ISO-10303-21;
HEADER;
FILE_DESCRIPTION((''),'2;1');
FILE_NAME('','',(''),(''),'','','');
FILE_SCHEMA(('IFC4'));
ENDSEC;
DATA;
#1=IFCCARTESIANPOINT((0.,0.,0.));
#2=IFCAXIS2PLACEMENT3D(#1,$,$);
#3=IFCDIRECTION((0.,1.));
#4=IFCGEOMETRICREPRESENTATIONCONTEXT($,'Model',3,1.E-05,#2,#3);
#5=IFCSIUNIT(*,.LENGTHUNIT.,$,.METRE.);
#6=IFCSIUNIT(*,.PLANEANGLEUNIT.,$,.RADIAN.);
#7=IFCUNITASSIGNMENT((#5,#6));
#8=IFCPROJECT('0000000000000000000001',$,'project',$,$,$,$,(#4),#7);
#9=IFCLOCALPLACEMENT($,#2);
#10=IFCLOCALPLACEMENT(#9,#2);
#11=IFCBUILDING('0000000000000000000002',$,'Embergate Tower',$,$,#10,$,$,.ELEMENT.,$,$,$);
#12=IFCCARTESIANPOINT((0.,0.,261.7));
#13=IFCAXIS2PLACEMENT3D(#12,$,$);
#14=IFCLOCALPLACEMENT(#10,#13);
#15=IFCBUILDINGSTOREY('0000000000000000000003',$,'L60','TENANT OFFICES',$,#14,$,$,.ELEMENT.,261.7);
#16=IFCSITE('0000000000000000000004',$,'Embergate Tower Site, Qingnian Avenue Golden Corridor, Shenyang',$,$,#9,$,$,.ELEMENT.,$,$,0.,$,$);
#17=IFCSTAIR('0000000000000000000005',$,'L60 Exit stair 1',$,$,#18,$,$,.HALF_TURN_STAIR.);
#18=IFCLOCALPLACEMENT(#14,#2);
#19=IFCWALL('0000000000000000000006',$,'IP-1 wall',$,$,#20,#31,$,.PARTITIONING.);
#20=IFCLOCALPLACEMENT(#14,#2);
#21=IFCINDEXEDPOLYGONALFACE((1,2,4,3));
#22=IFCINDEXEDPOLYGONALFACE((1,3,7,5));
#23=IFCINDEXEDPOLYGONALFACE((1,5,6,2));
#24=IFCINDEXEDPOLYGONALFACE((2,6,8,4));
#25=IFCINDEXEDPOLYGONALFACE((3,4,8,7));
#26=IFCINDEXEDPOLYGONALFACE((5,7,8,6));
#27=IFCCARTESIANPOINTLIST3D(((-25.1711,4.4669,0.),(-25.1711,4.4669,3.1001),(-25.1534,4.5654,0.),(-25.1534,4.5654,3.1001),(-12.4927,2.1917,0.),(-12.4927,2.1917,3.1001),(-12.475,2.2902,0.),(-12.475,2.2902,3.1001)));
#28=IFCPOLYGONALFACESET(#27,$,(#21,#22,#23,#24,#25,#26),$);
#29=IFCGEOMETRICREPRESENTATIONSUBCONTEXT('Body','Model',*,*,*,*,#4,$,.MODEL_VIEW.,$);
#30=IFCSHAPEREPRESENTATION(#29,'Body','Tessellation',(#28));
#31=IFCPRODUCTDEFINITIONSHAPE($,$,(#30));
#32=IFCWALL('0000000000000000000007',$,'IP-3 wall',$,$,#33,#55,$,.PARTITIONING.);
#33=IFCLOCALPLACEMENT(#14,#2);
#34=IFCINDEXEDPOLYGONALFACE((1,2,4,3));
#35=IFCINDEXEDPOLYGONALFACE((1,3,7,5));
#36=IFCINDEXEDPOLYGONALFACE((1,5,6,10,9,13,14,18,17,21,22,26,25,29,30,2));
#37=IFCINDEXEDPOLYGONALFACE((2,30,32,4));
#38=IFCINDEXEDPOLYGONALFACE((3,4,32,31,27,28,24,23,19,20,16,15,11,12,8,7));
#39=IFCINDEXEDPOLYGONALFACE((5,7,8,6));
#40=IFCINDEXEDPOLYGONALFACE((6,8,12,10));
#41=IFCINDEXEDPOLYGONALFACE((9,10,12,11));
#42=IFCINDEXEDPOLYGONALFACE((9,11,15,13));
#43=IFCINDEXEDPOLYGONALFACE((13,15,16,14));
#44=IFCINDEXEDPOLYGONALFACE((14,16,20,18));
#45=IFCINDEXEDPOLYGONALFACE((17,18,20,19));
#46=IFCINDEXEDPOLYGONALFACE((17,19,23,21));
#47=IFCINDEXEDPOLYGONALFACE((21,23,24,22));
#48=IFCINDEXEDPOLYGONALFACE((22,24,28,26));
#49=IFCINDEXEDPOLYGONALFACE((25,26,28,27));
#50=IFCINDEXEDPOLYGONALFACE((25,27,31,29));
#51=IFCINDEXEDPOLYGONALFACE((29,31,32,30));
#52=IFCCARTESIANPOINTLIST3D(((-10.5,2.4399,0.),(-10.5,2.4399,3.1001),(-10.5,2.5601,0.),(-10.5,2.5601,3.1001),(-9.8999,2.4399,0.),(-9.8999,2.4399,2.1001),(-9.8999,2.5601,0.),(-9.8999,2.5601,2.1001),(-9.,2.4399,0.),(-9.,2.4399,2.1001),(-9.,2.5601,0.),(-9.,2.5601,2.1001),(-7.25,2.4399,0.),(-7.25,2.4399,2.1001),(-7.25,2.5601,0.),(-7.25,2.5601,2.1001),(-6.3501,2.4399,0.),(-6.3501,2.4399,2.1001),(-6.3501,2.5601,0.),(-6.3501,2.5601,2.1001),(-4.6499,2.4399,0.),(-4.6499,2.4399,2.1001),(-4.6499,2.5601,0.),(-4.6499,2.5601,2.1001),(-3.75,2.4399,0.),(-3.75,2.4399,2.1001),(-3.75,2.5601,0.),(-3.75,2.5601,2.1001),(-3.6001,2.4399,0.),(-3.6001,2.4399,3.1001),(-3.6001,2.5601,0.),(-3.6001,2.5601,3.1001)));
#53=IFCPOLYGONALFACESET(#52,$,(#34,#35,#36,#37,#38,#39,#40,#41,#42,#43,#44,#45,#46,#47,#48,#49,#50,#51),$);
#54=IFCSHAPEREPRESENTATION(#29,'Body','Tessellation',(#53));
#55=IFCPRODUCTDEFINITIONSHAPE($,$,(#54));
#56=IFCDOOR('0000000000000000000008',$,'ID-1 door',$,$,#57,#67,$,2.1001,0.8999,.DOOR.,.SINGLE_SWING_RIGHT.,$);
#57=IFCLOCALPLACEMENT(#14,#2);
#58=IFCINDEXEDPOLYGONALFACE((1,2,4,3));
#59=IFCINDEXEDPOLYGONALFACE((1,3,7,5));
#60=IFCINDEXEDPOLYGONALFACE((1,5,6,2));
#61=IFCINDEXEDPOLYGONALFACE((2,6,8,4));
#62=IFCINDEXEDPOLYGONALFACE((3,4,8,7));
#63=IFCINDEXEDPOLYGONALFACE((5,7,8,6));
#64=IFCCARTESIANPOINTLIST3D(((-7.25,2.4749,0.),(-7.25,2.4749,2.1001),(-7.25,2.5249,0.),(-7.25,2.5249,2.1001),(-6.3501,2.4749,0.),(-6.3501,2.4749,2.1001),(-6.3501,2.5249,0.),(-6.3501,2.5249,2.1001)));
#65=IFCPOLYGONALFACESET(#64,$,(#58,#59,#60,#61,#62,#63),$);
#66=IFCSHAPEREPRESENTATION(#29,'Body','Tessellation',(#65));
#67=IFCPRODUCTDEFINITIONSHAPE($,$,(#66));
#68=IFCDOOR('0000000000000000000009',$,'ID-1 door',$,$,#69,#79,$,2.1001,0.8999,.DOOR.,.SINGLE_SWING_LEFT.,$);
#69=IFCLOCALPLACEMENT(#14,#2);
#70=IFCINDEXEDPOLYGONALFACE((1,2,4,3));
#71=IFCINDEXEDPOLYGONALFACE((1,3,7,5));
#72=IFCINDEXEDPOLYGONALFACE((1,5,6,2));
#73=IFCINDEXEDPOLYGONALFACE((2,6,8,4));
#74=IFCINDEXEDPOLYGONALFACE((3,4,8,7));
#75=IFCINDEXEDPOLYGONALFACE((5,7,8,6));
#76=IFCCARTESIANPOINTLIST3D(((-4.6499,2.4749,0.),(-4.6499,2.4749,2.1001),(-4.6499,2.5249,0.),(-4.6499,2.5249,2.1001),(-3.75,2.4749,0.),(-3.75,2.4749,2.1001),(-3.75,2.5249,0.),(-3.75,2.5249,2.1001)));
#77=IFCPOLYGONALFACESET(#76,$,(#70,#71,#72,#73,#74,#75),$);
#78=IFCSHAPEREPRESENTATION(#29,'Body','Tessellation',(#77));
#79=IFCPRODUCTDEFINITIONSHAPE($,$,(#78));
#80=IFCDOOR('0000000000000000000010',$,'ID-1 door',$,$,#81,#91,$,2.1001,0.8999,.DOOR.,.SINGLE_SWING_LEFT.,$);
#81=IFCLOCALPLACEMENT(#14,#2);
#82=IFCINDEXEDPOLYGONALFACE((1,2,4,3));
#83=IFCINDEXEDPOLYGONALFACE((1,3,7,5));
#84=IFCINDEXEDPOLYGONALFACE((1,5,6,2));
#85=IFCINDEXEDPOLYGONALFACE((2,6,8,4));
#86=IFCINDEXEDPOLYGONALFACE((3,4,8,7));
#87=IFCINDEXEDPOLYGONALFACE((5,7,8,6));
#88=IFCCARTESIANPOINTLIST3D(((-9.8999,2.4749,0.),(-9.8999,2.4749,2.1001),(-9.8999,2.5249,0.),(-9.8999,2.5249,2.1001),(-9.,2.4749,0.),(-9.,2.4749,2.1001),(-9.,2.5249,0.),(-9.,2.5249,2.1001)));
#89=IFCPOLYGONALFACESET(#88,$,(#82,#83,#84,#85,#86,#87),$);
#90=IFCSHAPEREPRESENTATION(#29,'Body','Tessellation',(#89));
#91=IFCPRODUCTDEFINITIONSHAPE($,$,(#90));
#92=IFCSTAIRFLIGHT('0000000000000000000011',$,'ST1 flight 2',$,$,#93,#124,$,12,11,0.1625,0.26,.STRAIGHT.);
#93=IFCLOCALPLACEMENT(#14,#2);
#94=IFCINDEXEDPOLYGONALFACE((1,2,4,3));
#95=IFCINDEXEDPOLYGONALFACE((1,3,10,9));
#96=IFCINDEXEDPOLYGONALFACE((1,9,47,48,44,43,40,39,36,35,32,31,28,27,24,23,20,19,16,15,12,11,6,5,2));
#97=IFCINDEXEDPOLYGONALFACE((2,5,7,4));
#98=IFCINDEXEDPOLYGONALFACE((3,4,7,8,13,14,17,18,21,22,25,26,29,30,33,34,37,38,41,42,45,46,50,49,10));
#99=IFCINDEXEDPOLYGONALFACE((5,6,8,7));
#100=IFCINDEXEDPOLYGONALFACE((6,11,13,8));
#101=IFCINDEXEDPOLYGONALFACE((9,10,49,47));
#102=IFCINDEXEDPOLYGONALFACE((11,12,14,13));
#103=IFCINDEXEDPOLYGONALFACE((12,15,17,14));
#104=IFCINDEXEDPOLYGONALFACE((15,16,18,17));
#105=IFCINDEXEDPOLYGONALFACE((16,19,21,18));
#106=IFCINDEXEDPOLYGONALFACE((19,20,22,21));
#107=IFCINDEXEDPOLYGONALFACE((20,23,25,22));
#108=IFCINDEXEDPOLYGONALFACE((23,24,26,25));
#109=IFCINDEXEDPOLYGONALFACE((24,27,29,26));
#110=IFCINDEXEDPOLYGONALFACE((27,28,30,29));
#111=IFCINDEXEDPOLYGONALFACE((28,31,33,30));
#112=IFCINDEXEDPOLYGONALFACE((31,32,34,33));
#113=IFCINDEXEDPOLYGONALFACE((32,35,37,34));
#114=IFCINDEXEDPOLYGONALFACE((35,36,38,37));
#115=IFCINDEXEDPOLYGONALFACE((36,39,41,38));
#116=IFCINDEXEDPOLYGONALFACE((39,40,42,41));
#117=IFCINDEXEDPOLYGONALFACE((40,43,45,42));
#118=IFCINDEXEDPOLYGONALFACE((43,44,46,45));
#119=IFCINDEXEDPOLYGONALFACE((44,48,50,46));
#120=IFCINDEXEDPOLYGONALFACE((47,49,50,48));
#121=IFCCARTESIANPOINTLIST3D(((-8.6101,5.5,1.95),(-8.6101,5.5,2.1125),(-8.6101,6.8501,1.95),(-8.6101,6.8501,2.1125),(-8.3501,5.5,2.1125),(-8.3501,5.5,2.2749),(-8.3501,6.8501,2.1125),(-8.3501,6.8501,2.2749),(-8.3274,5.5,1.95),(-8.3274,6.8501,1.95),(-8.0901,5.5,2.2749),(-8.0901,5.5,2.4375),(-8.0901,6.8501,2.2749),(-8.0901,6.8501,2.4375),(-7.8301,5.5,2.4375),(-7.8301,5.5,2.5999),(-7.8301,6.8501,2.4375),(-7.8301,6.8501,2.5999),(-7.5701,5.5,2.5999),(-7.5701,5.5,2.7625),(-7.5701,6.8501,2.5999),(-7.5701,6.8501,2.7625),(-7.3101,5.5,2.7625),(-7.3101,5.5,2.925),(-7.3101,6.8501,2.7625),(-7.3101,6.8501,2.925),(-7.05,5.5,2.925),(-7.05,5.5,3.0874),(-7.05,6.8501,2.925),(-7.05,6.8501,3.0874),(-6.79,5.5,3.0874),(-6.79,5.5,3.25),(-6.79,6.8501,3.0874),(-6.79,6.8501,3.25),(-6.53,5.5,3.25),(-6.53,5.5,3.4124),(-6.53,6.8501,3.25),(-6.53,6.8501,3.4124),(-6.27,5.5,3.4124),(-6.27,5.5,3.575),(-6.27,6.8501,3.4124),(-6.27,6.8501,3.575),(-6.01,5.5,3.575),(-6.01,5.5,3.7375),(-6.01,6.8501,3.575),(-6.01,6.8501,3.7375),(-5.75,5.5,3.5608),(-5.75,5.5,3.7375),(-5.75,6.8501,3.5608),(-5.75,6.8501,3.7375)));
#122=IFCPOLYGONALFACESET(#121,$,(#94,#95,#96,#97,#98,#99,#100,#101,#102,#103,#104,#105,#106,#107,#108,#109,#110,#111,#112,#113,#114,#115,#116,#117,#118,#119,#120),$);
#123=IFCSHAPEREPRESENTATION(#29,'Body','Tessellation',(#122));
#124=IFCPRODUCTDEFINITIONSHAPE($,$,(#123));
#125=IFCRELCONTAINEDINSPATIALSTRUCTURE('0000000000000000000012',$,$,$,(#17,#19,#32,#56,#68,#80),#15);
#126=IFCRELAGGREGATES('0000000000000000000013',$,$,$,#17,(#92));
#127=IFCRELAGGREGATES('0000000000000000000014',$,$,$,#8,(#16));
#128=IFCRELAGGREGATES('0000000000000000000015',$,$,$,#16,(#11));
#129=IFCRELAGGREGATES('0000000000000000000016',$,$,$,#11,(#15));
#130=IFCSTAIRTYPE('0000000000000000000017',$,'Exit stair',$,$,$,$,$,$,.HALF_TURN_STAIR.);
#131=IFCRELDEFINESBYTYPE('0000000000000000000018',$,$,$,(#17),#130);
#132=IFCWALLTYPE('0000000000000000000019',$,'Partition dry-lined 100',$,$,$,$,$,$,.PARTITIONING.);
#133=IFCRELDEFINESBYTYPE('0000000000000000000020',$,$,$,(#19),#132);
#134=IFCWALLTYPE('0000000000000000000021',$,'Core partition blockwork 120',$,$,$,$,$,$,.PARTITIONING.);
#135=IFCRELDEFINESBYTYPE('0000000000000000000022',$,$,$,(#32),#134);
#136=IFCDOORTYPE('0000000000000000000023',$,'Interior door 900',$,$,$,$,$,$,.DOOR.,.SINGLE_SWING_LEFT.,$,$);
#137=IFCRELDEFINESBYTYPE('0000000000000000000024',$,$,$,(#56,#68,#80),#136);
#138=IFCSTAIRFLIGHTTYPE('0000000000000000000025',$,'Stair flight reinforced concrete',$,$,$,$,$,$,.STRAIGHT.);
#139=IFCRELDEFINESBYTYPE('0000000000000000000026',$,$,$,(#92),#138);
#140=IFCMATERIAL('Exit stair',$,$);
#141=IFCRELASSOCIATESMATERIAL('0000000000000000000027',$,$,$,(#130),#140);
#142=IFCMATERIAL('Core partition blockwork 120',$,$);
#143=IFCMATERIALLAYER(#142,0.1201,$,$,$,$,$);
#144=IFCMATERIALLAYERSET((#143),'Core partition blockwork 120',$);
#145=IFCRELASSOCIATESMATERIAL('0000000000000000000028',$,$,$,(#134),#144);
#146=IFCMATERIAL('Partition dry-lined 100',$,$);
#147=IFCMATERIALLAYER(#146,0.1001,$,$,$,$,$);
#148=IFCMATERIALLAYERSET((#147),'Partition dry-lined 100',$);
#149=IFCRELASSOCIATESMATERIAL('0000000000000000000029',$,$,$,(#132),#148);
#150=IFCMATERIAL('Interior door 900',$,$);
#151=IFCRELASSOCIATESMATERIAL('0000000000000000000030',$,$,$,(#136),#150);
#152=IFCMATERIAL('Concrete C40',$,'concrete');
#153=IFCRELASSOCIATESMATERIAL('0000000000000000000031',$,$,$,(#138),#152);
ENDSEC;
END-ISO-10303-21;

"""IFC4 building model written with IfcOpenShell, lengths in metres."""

from ifc_helpers import new_model, si_unit, direction, frame, frame_2d, origin, place, context, subcontext, project, spatial, polyline, rectangle, outline, extrude, source, transform, mapped, material, layer, layer_set, type_object, element, fill, aggregate, save


model = new_model("IFC4")

# Units and contexts
model_context = context("Model", 3, precision=1e-05, world=origin(), true_north=direction((0.0, 1.0)))
body_context = subcontext(model_context, "Body", "Model", "MODEL_VIEW")
ifc_project = project(units=[si_unit("LENGTHUNIT", "METRE"), si_unit("PLANEANGLEUNIT", "RADIAN")], contexts=[model_context])

# Site, building, storey
site_placement = place(None, origin())
site = spatial("IfcSite", under=ifc_project, at=site_placement, Name="Embergate Tower Site, Qingnian Avenue Golden Corridor, Shenyang", CompositionType="ELEMENT", RefElevation=0.0)
building_placement = place(site_placement, origin())
building = spatial("IfcBuilding", under=site, at=building_placement, Name="Embergate Tower", CompositionType="ELEMENT")
storey_placement = place(building_placement, frame((0.0, 0.0, 261.7)))
storey = spatial("IfcBuildingStorey", under=building, at=storey_placement, Name="L60", Description="TENANT OFFICES", CompositionType="ELEMENT", Elevation=261.7)

# Stair
ifc_material_1 = material(Name="Exit stair")
stair_type = type_object("IfcStairType", Name="Exit stair", PredefinedType="HALF_TURN_STAIR", material=ifc_material_1)
stair_placement = place(storey_placement, origin())
stair = element("IfcStair", 1, at=stair_placement, inside=storey, type_object=stair_type, Name="L60 Exit stair 1", PredefinedType="HALF_TURN_STAIR")
ifc_material_2 = material(Name="Concrete C40", Category="concrete")

# Wall
ifc_material_3 = material(Name="Core partition blockwork 120")
ifc_layer_1 = layer(ifc_material_3, 0.1201)
ifc_layer_set_1 = layer_set([ifc_layer_1], Name="Core partition blockwork 120")
wall_type_1 = type_object("IfcWallType", Name="Core partition blockwork 120", PredefinedType="PARTITIONING", material=ifc_layer_set_1)
ifc_material_4 = material(Name="Partition dry-lined 100")
ifc_layer_2 = layer(ifc_material_4, 0.1001)
ifc_layer_set_2 = layer_set([ifc_layer_2], Name="Partition dry-lined 100")
wall_type_2 = type_object("IfcWallType", Name="Partition dry-lined 100", PredefinedType="PARTITIONING", material=ifc_layer_set_2)
shared_shape_1 = source(origin(), body_context, "Body", "SweptSolid", [
    extrude(rectangle(XDim=12.8809, YDim=0.1001, at=frame_2d((6.4404, 0.0))), origin(), (0.0, 0.0, 1.0), 3.1001),
])
wall_1_placement = place(storey_placement, frame((-12.4839, 2.241, 0.0), z_axis=(0.0, 0.0, 1.0), x_axis=(-0.984277, 0.176632, 0.0)))
element("IfcWall", 2, at=wall_1_placement, inside=storey, type_object=wall_type_2, Name="IP-1 wall", PredefinedType="PARTITIONING", context=body_context, shape_type="MappedRepresentation", body=[
    mapped(shared_shape_1, transform((0.0, 0.0, 0.0))),
])

# Wall, openings, doors
shared_shape_2 = source(origin(), body_context, "Body", "SweptSolid", [
    extrude(rectangle(XDim=6.8999, YDim=0.1201, at=frame_2d((3.45, 0.0))), origin(), (0.0, 0.0, 1.0), 3.1001),
])
wall_2_placement = place(storey_placement, frame((-10.5, 2.5, 0.0), z_axis=(0.0, 0.0, 1.0), x_axis=(1.0, 0.0, 0.0)))
wall_2 = element("IfcWall", 3, at=wall_2_placement, inside=storey, type_object=wall_type_1, Name="IP-3 wall", PredefinedType="PARTITIONING", context=body_context, shape_type="MappedRepresentation", body=[
    mapped(shared_shape_2, transform((0.0, 0.0, 0.0))),
])
shared_shape_3 = source(origin(), body_context, "Body", "SweptSolid", [
    extrude(rectangle(XDim=0.8999, YDim=2.1001, at=frame_2d((0.45, 1.05))), frame((0.0, 0.0701, 0.0), z_axis=(0.0, -1.0, 0.0), x_axis=(1.0, 0.0, 0.0)), (0.0, 0.0, 1.0), 0.1401),
])
opening_1_placement = place(wall_2_placement, frame((3.25, 0.0, 0.0)))
opening_1 = element("IfcOpeningElement", 4, at=opening_1_placement, cuts=wall_2, PredefinedType="OPENING", context=body_context, shape_type="MappedRepresentation", body=[
    mapped(shared_shape_3, transform((0.0, 0.0, 0.0))),
])
opening_2_placement = place(wall_2_placement, frame((5.8501, 0.0, 0.0)))
opening_2 = element("IfcOpeningElement", 5, at=opening_2_placement, cuts=wall_2, PredefinedType="OPENING", context=body_context, shape_type="MappedRepresentation", body=[
    mapped(shared_shape_3, transform((0.0, 0.0, 0.0))),
])
opening_3_placement = place(wall_2_placement, frame((0.6001, 0.0, 0.0)))
opening_3 = element("IfcOpeningElement", 6, at=opening_3_placement, cuts=wall_2, PredefinedType="OPENING", context=body_context, shape_type="MappedRepresentation", body=[
    mapped(shared_shape_3, transform((0.0, 0.0, 0.0))),
])
ifc_material_5 = material(Name="Interior door 900")
door_type_1 = type_object("IfcDoorType", Name="Interior door 900", OperationType="SINGLE_SWING_LEFT", PredefinedType="DOOR", material=ifc_material_5)
shared_shape_4 = source(origin(), body_context, "Body", "SweptSolid", [
    extrude(rectangle(XDim=0.8999, YDim=2.1001, at=frame_2d((0.45, 1.05))), frame((0.0, 0.0249, 0.0), z_axis=(0.0, -1.0, 0.0), x_axis=(1.0, 0.0, 0.0)), (0.0, 0.0, 1.0), 0.05),
])
door_1_placement = place(opening_1_placement, origin())
door_1 = element("IfcDoor", 7, at=door_1_placement, inside=storey, type_object=door_type_1, Name="ID-1 door", OperationType="SINGLE_SWING_RIGHT", OverallHeight=2.1001, OverallWidth=0.8999, PredefinedType="DOOR", context=body_context, shape_type="MappedRepresentation", body=[
    mapped(shared_shape_4, transform((0.0, 0.0, 0.0))),
])
fill(opening_1, door_1)
door_2_placement = place(opening_2_placement, origin())
door_2 = element("IfcDoor", 8, at=door_2_placement, inside=storey, type_object=door_type_1, Name="ID-1 door", OperationType="SINGLE_SWING_LEFT", OverallHeight=2.1001, OverallWidth=0.8999, PredefinedType="DOOR", context=body_context, shape_type="MappedRepresentation", body=[
    mapped(shared_shape_4, transform((0.0, 0.0, 0.0))),
])
fill(opening_2, door_2)
door_3_placement = place(opening_3_placement, origin())
door_3 = element("IfcDoor", 9, at=door_3_placement, inside=storey, type_object=door_type_1, Name="ID-1 door", OperationType="SINGLE_SWING_LEFT", OverallHeight=2.1001, OverallWidth=0.8999, PredefinedType="DOOR", context=body_context, shape_type="MappedRepresentation", body=[
    mapped(shared_shape_4, transform((0.0, 0.0, 0.0))),
])
fill(opening_3, door_3)

# Stair flight
stair_flight_type = type_object("IfcStairFlightType", Name="Stair flight reinforced concrete", PredefinedType="STRAIGHT", material=ifc_material_2)
shared_shape_5 = source(origin(), body_context, "Body", "SweptSolid", [
    extrude(outline(polyline([(0.0, 0.0), (0.0, 0.1626), (0.26, 0.1626), (0.26, 0.325), (0.52, 0.325), (0.52, 0.4875), (0.78, 0.4875), (0.78, 0.6499), (1.04, 0.6499), (1.04, 0.8125), (1.3, 0.8125), (1.3, 0.9751), (1.5601, 0.9751), (1.5601, 1.1375), (1.8201, 1.1375), (1.8201, 1.3), (2.0801, 1.3), (2.0801, 1.4624), (2.3401, 1.4624), (2.3401, 1.625), (2.6001, 1.625), (2.6001, 1.7876), (2.8601, 1.7876), (2.8601, 1.95), (2.8601, 1.6108), (0.2827, 0.0), (0.0, 0.0)])), frame((0.0, 0.675, 0.0), z_axis=(0.0, -1.0, 0.0), x_axis=(1.0, 0.0, 0.0)), (0.0, 0.0, 1.0), 1.3501),
])
stair_flight_placement = place(storey_placement, frame((-8.6101, 6.175, 1.95), z_axis=(0.0, 0.0, 1.0), x_axis=(1.0, 0.0, 0.0)))
stair_flight = element("IfcStairFlight", 10, at=stair_flight_placement, type_object=stair_flight_type, Name="ST1 flight 2", NumberOfRisers=12, NumberOfTreads=11, PredefinedType="STRAIGHT", RiserHeight=0.1625, TreadLength=0.26, context=body_context, shape_type="MappedRepresentation", body=[
    mapped(shared_shape_5, transform((0.0, 0.0, 0.0))),
])
aggregate(stair, [stair_flight])

save(model, "model.ifc")
